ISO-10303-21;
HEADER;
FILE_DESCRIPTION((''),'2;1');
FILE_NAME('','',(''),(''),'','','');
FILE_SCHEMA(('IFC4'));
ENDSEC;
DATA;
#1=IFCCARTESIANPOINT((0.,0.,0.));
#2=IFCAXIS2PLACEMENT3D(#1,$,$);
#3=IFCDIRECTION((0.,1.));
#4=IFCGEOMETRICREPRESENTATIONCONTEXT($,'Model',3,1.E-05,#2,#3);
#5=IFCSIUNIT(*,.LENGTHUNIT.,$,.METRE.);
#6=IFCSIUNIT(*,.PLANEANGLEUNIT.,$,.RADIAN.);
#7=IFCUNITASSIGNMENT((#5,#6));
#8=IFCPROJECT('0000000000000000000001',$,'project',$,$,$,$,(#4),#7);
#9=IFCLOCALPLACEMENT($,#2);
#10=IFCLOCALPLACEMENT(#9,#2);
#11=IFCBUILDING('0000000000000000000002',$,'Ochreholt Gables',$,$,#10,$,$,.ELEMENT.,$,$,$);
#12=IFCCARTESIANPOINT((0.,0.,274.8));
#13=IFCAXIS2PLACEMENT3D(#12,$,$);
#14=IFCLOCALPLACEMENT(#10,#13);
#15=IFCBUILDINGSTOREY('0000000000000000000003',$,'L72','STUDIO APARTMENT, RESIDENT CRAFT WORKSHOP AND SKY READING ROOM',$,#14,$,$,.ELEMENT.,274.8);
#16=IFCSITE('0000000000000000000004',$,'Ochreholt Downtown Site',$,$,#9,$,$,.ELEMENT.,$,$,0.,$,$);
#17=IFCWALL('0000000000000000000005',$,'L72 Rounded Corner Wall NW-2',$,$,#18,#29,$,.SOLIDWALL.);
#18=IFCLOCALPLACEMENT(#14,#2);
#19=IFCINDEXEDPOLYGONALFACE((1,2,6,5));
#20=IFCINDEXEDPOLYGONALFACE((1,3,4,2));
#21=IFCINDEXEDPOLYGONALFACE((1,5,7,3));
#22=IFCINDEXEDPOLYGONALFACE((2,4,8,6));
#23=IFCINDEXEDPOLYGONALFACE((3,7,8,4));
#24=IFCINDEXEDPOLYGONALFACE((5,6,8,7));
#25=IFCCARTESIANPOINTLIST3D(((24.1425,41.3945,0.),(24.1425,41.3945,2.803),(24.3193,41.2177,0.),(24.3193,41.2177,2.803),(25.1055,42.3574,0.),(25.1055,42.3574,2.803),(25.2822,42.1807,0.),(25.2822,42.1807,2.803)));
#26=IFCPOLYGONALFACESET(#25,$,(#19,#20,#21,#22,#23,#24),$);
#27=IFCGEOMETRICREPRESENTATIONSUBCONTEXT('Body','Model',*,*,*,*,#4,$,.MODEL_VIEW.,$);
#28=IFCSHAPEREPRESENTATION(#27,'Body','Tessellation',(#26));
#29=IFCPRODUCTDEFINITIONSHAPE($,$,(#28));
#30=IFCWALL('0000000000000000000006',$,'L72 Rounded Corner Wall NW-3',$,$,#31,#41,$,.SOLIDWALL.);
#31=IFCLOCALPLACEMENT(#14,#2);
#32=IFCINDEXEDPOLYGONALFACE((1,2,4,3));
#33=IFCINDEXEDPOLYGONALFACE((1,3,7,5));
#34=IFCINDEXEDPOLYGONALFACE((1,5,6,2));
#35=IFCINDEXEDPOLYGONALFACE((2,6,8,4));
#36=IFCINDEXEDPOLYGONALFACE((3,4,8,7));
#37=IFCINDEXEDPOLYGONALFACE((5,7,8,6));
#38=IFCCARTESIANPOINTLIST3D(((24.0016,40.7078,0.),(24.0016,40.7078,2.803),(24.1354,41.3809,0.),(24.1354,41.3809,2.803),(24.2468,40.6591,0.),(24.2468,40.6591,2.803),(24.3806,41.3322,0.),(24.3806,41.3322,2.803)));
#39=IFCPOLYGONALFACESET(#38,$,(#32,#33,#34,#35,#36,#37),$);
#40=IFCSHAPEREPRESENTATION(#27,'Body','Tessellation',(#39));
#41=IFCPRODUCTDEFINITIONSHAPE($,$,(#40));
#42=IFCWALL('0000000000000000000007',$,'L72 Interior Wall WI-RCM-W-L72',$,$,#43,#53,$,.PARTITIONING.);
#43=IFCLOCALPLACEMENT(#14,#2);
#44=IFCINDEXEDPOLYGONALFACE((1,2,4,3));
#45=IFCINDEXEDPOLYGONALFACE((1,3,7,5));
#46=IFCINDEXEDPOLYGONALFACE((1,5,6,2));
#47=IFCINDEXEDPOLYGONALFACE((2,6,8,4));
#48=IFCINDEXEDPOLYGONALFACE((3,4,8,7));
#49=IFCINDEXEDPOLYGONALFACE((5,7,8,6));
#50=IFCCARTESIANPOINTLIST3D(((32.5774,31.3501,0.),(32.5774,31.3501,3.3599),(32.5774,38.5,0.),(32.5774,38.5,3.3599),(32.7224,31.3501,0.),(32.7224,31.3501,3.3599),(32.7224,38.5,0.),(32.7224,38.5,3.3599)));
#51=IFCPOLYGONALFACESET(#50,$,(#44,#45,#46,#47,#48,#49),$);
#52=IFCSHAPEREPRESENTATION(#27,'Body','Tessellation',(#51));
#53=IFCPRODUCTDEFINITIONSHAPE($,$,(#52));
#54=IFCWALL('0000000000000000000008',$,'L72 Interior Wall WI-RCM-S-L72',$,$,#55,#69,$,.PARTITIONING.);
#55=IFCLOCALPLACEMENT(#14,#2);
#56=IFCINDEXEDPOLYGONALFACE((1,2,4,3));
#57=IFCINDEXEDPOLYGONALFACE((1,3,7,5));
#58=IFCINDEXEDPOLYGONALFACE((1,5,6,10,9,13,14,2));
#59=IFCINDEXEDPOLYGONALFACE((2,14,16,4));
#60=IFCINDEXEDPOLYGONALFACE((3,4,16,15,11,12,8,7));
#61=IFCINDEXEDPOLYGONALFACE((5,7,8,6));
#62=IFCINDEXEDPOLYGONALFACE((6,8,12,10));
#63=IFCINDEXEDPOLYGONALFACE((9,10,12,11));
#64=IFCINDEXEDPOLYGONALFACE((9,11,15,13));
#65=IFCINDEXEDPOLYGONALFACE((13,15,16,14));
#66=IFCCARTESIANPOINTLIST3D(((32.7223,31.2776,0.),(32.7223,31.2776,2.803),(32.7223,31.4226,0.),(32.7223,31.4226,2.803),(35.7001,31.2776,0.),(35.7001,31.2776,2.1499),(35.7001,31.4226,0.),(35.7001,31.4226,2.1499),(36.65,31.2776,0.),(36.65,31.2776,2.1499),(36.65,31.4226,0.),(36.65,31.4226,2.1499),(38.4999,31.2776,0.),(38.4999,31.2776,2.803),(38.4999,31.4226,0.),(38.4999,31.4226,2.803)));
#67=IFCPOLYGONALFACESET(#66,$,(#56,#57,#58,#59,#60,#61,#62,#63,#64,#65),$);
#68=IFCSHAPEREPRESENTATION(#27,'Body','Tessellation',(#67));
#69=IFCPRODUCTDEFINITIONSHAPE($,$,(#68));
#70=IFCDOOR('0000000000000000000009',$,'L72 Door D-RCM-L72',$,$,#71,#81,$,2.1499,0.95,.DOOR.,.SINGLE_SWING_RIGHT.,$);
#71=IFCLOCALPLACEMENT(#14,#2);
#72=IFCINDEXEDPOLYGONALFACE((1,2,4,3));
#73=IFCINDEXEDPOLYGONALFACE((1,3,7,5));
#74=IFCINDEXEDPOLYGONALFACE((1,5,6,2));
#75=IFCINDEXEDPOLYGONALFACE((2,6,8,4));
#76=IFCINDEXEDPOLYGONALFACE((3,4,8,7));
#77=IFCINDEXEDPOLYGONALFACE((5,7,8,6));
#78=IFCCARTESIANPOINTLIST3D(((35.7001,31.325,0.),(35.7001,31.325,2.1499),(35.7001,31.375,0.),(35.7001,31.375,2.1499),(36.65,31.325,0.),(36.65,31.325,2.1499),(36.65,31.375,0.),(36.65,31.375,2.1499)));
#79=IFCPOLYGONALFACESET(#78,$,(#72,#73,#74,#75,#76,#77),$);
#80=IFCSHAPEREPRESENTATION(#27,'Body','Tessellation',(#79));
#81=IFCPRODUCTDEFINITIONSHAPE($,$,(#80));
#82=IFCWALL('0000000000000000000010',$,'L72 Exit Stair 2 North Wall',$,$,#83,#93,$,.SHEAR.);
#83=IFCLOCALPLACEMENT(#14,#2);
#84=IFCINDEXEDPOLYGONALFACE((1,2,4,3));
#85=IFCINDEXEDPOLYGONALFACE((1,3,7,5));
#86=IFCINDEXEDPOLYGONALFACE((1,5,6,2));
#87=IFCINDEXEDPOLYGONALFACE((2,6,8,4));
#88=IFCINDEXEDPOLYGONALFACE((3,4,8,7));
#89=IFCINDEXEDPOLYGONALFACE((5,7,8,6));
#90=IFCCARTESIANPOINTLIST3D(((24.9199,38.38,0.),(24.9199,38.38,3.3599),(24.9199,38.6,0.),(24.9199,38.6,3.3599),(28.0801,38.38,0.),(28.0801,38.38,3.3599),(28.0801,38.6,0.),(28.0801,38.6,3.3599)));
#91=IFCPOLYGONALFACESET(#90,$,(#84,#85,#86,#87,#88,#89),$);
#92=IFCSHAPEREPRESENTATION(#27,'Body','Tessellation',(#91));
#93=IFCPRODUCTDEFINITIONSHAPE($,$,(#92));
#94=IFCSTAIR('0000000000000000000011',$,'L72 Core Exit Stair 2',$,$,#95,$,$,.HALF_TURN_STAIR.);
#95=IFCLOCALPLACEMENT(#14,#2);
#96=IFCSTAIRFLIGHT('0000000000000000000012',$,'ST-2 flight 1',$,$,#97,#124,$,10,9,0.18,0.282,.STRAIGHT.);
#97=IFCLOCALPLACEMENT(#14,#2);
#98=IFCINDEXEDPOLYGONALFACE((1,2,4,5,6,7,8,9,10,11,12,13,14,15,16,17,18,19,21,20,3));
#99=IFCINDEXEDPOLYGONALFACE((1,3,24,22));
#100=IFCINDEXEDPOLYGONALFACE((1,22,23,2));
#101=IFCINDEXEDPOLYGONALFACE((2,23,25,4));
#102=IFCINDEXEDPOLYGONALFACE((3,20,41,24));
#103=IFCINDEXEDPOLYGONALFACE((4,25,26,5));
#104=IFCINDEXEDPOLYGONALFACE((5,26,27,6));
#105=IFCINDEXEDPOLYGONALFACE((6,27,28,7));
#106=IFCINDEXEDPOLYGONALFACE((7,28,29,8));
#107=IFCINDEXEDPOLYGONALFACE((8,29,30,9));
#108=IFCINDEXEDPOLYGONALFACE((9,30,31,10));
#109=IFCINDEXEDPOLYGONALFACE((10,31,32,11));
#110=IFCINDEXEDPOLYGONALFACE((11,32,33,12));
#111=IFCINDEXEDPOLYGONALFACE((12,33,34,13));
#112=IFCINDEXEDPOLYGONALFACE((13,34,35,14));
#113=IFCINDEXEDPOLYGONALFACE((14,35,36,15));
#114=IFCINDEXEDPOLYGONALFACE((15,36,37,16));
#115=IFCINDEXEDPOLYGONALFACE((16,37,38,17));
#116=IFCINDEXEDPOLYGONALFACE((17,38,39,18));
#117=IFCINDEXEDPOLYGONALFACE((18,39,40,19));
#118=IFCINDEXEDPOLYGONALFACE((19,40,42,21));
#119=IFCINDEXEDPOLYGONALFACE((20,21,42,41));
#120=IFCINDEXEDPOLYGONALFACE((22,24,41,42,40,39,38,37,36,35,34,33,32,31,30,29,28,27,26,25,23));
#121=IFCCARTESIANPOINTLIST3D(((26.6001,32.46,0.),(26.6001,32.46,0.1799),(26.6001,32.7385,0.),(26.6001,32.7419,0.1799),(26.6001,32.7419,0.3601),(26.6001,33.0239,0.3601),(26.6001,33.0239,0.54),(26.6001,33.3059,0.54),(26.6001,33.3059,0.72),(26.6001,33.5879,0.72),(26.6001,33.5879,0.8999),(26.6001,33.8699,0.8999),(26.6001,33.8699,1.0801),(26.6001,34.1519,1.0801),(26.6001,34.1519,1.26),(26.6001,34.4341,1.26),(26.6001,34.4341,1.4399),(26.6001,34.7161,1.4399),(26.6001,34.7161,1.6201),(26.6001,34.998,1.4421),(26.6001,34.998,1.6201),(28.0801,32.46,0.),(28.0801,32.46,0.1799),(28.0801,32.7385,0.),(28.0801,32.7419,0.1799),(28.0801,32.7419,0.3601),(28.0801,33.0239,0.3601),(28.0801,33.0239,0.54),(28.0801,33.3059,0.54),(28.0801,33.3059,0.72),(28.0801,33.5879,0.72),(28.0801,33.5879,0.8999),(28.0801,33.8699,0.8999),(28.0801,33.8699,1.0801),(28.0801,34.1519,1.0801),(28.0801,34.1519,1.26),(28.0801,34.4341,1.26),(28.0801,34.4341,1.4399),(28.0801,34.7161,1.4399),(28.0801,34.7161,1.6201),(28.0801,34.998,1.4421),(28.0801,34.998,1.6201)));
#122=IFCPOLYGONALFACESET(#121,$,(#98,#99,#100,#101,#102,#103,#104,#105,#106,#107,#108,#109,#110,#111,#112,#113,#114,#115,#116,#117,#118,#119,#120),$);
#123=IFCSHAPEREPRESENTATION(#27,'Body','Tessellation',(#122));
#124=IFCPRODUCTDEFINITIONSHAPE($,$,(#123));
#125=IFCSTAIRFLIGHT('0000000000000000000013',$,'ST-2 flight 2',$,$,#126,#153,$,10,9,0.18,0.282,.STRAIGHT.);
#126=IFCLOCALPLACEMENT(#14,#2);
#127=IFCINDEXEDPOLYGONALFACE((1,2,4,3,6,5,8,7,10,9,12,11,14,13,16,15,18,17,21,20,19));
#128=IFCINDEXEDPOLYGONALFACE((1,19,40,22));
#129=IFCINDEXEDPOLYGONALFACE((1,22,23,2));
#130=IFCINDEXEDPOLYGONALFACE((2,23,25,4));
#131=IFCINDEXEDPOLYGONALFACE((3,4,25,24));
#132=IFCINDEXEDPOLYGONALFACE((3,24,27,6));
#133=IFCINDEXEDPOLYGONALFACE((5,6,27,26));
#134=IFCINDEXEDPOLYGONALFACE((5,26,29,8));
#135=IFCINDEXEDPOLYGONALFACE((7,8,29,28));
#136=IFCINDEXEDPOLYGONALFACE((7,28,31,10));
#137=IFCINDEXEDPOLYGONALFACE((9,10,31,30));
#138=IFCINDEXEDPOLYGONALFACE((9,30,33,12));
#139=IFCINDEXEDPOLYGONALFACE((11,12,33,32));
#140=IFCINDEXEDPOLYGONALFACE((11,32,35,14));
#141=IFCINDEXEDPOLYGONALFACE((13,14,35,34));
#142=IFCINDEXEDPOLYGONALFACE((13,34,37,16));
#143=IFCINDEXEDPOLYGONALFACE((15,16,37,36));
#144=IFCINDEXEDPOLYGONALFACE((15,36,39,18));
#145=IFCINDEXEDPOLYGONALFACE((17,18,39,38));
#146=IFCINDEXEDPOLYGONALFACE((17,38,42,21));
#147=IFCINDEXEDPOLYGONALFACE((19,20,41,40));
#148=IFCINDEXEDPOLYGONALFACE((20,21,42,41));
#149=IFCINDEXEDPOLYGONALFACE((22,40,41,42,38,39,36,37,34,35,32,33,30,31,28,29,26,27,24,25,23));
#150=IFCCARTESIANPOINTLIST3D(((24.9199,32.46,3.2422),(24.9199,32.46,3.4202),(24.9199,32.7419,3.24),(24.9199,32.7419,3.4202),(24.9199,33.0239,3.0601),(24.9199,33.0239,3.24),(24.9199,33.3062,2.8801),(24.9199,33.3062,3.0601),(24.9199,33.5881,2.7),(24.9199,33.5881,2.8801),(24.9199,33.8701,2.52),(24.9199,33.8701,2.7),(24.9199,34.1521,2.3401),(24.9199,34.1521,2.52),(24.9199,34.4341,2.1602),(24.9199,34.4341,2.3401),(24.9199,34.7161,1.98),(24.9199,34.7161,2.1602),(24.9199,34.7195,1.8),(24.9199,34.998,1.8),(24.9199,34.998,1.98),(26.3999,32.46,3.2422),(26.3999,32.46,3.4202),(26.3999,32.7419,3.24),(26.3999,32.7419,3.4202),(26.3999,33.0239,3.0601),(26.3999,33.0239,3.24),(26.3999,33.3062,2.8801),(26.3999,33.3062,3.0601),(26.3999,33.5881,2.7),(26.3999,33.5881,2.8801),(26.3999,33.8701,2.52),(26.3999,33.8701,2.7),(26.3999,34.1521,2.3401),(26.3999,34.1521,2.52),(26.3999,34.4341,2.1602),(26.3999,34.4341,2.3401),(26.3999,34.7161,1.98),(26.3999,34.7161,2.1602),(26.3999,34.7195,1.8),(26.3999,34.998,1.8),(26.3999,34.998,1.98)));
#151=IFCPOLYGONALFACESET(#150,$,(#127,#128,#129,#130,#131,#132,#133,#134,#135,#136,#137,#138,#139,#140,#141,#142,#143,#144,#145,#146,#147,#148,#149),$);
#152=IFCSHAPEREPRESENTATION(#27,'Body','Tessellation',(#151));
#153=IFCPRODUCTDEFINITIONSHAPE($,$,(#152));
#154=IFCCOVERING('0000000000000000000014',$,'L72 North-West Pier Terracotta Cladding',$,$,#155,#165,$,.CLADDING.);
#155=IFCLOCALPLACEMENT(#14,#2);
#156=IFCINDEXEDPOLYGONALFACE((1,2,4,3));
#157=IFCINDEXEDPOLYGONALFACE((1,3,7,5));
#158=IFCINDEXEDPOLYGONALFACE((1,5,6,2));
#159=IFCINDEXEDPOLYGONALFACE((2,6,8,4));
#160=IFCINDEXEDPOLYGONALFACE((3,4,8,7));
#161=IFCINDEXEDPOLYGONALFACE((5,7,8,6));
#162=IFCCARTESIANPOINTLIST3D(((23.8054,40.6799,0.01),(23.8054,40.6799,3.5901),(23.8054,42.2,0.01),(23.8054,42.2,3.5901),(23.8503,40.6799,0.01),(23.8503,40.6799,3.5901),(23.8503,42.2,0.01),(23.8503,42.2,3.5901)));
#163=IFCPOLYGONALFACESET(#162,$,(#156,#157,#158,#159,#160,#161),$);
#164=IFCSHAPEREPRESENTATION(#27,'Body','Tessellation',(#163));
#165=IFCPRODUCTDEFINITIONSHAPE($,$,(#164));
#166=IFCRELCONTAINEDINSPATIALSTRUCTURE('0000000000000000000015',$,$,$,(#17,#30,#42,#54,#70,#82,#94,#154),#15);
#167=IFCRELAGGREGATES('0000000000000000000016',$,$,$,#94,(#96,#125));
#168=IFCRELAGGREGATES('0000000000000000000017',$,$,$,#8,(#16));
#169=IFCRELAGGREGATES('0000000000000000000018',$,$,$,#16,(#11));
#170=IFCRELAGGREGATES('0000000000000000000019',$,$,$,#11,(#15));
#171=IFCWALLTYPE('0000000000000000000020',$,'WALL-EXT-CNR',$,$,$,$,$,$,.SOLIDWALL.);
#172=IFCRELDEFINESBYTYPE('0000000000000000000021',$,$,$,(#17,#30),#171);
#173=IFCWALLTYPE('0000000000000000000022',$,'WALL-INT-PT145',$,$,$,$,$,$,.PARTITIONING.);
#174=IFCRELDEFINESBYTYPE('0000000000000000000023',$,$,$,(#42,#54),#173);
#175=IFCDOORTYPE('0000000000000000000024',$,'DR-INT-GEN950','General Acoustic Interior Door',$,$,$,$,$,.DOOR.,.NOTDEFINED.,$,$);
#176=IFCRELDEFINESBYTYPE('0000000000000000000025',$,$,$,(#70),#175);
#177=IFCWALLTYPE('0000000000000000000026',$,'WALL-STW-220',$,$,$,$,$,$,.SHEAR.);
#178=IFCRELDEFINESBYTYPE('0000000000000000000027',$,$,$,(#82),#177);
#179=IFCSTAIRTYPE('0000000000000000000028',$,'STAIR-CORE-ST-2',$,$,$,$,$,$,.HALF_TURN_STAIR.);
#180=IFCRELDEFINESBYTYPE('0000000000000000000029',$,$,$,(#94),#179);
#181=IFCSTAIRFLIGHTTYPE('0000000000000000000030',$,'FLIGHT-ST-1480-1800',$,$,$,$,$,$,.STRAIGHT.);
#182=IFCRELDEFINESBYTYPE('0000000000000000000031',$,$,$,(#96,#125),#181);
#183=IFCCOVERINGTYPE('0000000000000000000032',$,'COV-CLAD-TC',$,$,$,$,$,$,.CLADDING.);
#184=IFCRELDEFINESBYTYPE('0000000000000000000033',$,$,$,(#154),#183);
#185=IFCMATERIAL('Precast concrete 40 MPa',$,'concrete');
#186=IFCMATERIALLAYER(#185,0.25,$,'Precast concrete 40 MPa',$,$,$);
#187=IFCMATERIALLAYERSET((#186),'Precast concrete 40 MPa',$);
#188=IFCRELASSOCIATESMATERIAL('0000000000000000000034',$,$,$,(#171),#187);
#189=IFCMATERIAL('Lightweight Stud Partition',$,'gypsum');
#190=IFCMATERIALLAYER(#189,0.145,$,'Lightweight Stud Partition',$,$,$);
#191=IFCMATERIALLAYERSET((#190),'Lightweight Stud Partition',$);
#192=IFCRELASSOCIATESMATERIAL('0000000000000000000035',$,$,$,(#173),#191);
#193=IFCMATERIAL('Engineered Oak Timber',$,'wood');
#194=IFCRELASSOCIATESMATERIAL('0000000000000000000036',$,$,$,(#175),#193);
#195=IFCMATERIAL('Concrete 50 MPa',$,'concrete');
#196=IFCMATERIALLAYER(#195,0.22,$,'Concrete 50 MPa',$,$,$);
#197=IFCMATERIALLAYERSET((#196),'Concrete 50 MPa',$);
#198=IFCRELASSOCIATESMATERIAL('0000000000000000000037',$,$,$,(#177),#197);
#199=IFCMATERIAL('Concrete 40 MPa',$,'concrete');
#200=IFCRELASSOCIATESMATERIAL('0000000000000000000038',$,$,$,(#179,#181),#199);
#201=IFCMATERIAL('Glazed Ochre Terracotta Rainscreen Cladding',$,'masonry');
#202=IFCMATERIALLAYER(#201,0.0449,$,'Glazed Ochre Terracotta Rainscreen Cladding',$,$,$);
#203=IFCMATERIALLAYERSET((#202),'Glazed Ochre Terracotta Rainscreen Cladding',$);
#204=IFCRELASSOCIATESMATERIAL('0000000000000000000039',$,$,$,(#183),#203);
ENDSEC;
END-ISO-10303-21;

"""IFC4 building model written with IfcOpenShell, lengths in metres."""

from ifc_helpers import new_model, si_unit, direction, frame, frame_2d, origin, origin_2d, place, context, subcontext, project, spatial, polyline, rectangle, outline, extrude, material, layer, layer_set, type_object, element, fill, aggregate, save


model = new_model("IFC4")

# Units and contexts
model_context = context("Model", 3, precision=1e-05, world=origin(), true_north=direction((0.0, 1.0)))
body_context = subcontext(model_context, "Body", "Model", "MODEL_VIEW")
ifc_project = project(units=[si_unit("LENGTHUNIT", "METRE"), si_unit("PLANEANGLEUNIT", "RADIAN")], contexts=[model_context])

# Site, building, storey
site_placement = place(None, origin())
site = spatial("IfcSite", under=ifc_project, at=site_placement, Name="Ochreholt Downtown Site", CompositionType="ELEMENT", RefElevation=0.0)
building_placement = place(site_placement, origin())
building = spatial("IfcBuilding", under=site, at=building_placement, Name="Ochreholt Gables", CompositionType="ELEMENT")
storey_placement = place(building_placement, frame((0.0, 0.0, 274.8)))
storey = spatial("IfcBuildingStorey", under=building, at=storey_placement, Name="L72", Description="STUDIO APARTMENT, RESIDENT CRAFT WORKSHOP AND SKY READING ROOM", CompositionType="ELEMENT", Elevation=274.8)

# Shared definitions
ifc_material_1 = material(Name="Concrete 50 MPa", Category="concrete")

# Shared definitions
ifc_material_2 = material(Name="Precast concrete 40 MPa", Category="concrete")

# Walls
ifc_layer_1 = layer(ifc_material_2, 0.25, Name="Precast concrete 40 MPa")
ifc_layer_set_1 = layer_set([ifc_layer_1], Name="Precast concrete 40 MPa")
wall_type_1 = type_object("IfcWallType", Name="WALL-EXT-CNR", PredefinedType="SOLIDWALL", material=ifc_layer_set_1)
wall_1_placement = place(storey_placement, frame((25.1938, 42.269, 0.0), z_axis=(0.0, 0.0, 1.0), x_axis=(-0.707107, -0.707107, 0.0)))
element("IfcWall", 1, at=wall_1_placement, inside=storey, type_object=wall_type_1, Name="L72 Rounded Corner Wall NW-2", PredefinedType="SOLIDWALL", context=body_context, shape_type="SweptSolid", body=[
    extrude(rectangle(XDim=1.3618, YDim=0.25, at=frame_2d((0.6809, 0.0))), origin(), (0.0, 0.0, 1.0), 2.803),
])
wall_2_placement = place(storey_placement, frame((24.2581, 41.3567, 0.0), z_axis=(0.0, 0.0, 1.0), x_axis=(-0.194953, -0.980813, 0.0)))
element("IfcWall", 2, at=wall_2_placement, inside=storey, type_object=wall_type_1, Name="L72 Rounded Corner Wall NW-3", PredefinedType="SOLIDWALL", context=body_context, shape_type="SweptSolid", body=[
    extrude(rectangle(XDim=0.6863, YDim=0.25, at=frame_2d((0.3433, 0.0))), origin(), (0.0, 0.0, 1.0), 2.803),
])
ifc_material_3 = material(Name="Lightweight Stud Partition", Category="gypsum")
ifc_layer_2 = layer(ifc_material_3, 0.145, Name="Lightweight Stud Partition")
ifc_layer_set_2 = layer_set([ifc_layer_2], Name="Lightweight Stud Partition")
wall_type_2 = type_object("IfcWallType", Name="WALL-INT-PT145", PredefinedType="PARTITIONING", material=ifc_layer_set_2)
wall_3_placement = place(storey_placement, frame((32.6499, 31.3501, 0.0), z_axis=(0.0, 0.0, 1.0), x_axis=(0.0, 1.0, 0.0)))
element("IfcWall", 3, at=wall_3_placement, inside=storey, type_object=wall_type_2, Name="L72 Interior Wall WI-RCM-W-L72", PredefinedType="PARTITIONING", context=body_context, shape_type="SweptSolid", body=[
    extrude(rectangle(XDim=7.1499, YDim=0.145, at=frame_2d((3.575, 0.0))), origin(), (0.0, 0.0, 1.0), 3.3599),
])

# Wall, opening, door
wall_4_placement = place(storey_placement, frame((32.7224, 31.3501, 0.0), z_axis=(0.0, 0.0, 1.0), x_axis=(1.0, 0.0, 0.0)))
wall_4 = element("IfcWall", 4, at=wall_4_placement, inside=storey, type_object=wall_type_2, Name="L72 Interior Wall WI-RCM-S-L72", PredefinedType="PARTITIONING", context=body_context, shape_type="SweptSolid", body=[
    extrude(rectangle(XDim=5.7776, YDim=0.145, at=frame_2d((2.8887, 0.0))), origin(), (0.0, 0.0, 1.0), 2.803),
])
opening_1_placement = place(wall_4_placement, frame((2.9775, 0.0, 0.0)))
opening_1 = element("IfcOpeningElement", 5, at=opening_1_placement, cuts=wall_4, PredefinedType="OPENING", context=body_context, shape_type="SweptSolid", body=[
    extrude(rectangle(XDim=0.95, YDim=2.1499, at=frame_2d((0.4751, 1.075))), frame((0.0, 0.0825, 0.0), z_axis=(0.0, -1.0, 0.0), x_axis=(1.0, 0.0, 0.0)), (0.0, 0.0, 1.0), 0.165),
])
ifc_material_4 = material(Name="Engineered Oak Timber", Category="wood")
door_type_1 = type_object("IfcDoorType", Name="DR-INT-GEN950", Description="General Acoustic Interior Door", OperationType="NOTDEFINED", PredefinedType="DOOR", material=ifc_material_4)
door_1_placement = place(opening_1_placement, origin())
door_1 = element("IfcDoor", 6, at=door_1_placement, inside=storey, type_object=door_type_1, Name="L72 Door D-RCM-L72", OperationType="SINGLE_SWING_RIGHT", OverallHeight=2.1499, OverallWidth=0.95, PredefinedType="DOOR", context=body_context, shape_type="SweptSolid", body=[
    extrude(rectangle(XDim=0.95, YDim=2.1499, at=frame_2d((0.4751, 1.075))), frame((0.0, 0.0249, 0.0), z_axis=(0.0, -1.0, 0.0), x_axis=(1.0, 0.0, 0.0)), (0.0, 0.0, 1.0), 0.05),
])
fill(opening_1, door_1)

# Wall
ifc_layer_3 = layer(ifc_material_1, 0.22, Name="Concrete 50 MPa")
ifc_layer_set_3 = layer_set([ifc_layer_3], Name="Concrete 50 MPa")
wall_type_3 = type_object("IfcWallType", Name="WALL-STW-220", PredefinedType="SHEAR", material=ifc_layer_set_3)
wall_5_placement = place(storey_placement, frame((24.9199, 38.49, 0.0), z_axis=(0.0, 0.0, 1.0), x_axis=(1.0, 0.0, 0.0)))
element("IfcWall", 7, at=wall_5_placement, inside=storey, type_object=wall_type_3, Name="L72 Exit Stair 2 North Wall", PredefinedType="SHEAR", context=body_context, shape_type="SweptSolid", body=[
    extrude(rectangle(XDim=3.1602, YDim=0.22, at=frame_2d((1.5801, 0.0))), origin(), (0.0, 0.0, 1.0), 3.3599),
])

# Stair, stair flights
ifc_material_5 = material(Name="Concrete 40 MPa", Category="concrete")
stair_type = type_object("IfcStairType", Name="STAIR-CORE-ST-2", PredefinedType="HALF_TURN_STAIR", material=ifc_material_5)
stair_placement = place(storey_placement, origin())
stair = element("IfcStair", 8, at=stair_placement, inside=storey, type_object=stair_type, Name="L72 Core Exit Stair 2", PredefinedType="HALF_TURN_STAIR")
stair_flight_type = type_object("IfcStairFlightType", Name="FLIGHT-ST-1480-1800", PredefinedType="STRAIGHT", material=ifc_material_5)
stair_flight_1_placement = place(storey_placement, frame((27.3401, 32.46, 0.0), z_axis=(0.0, 0.0, 1.0), x_axis=(0.0, 1.0, 0.0)))
stair_flight_1 = element("IfcStairFlight", 9, at=stair_flight_1_placement, type_object=stair_flight_type, Name="ST-2 flight 1", NumberOfRisers=10, NumberOfTreads=9, PredefinedType="STRAIGHT", RiserHeight=0.18, TreadLength=0.282, context=body_context, shape_type="SweptSolid", body=[
    extrude(outline(polyline([(0.0, 0.0), (0.0, 0.1799), (0.282, 0.1799), (0.282, 0.3601), (0.564, 0.3601), (0.564, 0.54), (0.8459, 0.54), (0.8459, 0.72), (1.1279, 0.72), (1.1279, 0.8999), (1.4099, 0.8999), (1.4099, 1.0801), (1.6919, 1.0801), (1.6919, 1.26), (1.9741, 1.26), (1.9741, 1.4399), (2.2561, 1.4399), (2.2561, 1.6201), (2.5381, 1.6201), (2.5381, 1.8), (2.5381, 1.4421), (0.2786, 0.0), (0.0, 0.0)])), frame((0.0, 0.74, 0.0), z_axis=(0.0, -1.0, 0.0), x_axis=(1.0, 0.0, 0.0)), (0.0, 0.0, 1.0), 1.48),
])
stair_flight_2_placement = place(storey_placement, frame((25.6599, 34.998, 1.8), z_axis=(0.0, 0.0, 1.0), x_axis=(0.0, -1.0, 0.0)))
stair_flight_2 = element("IfcStairFlight", 10, at=stair_flight_2_placement, type_object=stair_flight_type, Name="ST-2 flight 2", NumberOfRisers=10, NumberOfTreads=9, PredefinedType="STRAIGHT", RiserHeight=0.18, TreadLength=0.282, context=body_context, shape_type="SweptSolid", body=[
    extrude(outline(polyline([(0.0, 0.0), (0.0, 0.1799), (0.282, 0.1799), (0.282, 0.3601), (0.564, 0.3601), (0.564, 0.54), (0.8459, 0.54), (0.8459, 0.72), (1.1279, 0.72), (1.1279, 0.8999), (1.4099, 0.8999), (1.4099, 1.0801), (1.6919, 1.0801), (1.6919, 1.26), (1.9741, 1.26), (1.9741, 1.4399), (2.2561, 1.4399), (2.2561, 1.6201), (2.5381, 1.6201), (2.5381, 1.8), (2.5381, 1.4421), (0.2786, 0.0), (0.0, 0.0)])), frame((0.0, 0.74, 0.0), z_axis=(0.0, -1.0, 0.0), x_axis=(1.0, 0.0, 0.0)), (0.0, 0.0, 1.0), 1.48),
])
aggregate(stair, [stair_flight_1, stair_flight_2])

# Covering
ifc_material_6 = material(Name="Glazed Ochre Terracotta Rainscreen Cladding", Category="masonry")
ifc_layer_4 = layer(ifc_material_6, 0.0449, Name="Glazed Ochre Terracotta Rainscreen Cladding")
ifc_layer_set_4 = layer_set([ifc_layer_4], Name="Glazed Ochre Terracotta Rainscreen Cladding")
covering_type = type_object("IfcCoveringType", Name="COV-CLAD-TC", PredefinedType="CLADDING", material=ifc_layer_set_4)
covering_placement = place(storey_placement, frame((23.8279, 41.4399, 0.01), z_axis=(0.0, 0.0, 1.0), x_axis=(0.0, 1.0, 0.0)))
element("IfcCovering", 11, at=covering_placement, inside=storey, type_object=covering_type, Name="L72 North-West Pier Terracotta Cladding", PredefinedType="CLADDING", context=body_context, shape_type="SweptSolid", body=[
    extrude(rectangle(XDim=1.52, YDim=0.0449, at=origin_2d()), origin(), (0.0, 0.0, 1.0), 3.5801),
])

save(model, "model.ifc")
